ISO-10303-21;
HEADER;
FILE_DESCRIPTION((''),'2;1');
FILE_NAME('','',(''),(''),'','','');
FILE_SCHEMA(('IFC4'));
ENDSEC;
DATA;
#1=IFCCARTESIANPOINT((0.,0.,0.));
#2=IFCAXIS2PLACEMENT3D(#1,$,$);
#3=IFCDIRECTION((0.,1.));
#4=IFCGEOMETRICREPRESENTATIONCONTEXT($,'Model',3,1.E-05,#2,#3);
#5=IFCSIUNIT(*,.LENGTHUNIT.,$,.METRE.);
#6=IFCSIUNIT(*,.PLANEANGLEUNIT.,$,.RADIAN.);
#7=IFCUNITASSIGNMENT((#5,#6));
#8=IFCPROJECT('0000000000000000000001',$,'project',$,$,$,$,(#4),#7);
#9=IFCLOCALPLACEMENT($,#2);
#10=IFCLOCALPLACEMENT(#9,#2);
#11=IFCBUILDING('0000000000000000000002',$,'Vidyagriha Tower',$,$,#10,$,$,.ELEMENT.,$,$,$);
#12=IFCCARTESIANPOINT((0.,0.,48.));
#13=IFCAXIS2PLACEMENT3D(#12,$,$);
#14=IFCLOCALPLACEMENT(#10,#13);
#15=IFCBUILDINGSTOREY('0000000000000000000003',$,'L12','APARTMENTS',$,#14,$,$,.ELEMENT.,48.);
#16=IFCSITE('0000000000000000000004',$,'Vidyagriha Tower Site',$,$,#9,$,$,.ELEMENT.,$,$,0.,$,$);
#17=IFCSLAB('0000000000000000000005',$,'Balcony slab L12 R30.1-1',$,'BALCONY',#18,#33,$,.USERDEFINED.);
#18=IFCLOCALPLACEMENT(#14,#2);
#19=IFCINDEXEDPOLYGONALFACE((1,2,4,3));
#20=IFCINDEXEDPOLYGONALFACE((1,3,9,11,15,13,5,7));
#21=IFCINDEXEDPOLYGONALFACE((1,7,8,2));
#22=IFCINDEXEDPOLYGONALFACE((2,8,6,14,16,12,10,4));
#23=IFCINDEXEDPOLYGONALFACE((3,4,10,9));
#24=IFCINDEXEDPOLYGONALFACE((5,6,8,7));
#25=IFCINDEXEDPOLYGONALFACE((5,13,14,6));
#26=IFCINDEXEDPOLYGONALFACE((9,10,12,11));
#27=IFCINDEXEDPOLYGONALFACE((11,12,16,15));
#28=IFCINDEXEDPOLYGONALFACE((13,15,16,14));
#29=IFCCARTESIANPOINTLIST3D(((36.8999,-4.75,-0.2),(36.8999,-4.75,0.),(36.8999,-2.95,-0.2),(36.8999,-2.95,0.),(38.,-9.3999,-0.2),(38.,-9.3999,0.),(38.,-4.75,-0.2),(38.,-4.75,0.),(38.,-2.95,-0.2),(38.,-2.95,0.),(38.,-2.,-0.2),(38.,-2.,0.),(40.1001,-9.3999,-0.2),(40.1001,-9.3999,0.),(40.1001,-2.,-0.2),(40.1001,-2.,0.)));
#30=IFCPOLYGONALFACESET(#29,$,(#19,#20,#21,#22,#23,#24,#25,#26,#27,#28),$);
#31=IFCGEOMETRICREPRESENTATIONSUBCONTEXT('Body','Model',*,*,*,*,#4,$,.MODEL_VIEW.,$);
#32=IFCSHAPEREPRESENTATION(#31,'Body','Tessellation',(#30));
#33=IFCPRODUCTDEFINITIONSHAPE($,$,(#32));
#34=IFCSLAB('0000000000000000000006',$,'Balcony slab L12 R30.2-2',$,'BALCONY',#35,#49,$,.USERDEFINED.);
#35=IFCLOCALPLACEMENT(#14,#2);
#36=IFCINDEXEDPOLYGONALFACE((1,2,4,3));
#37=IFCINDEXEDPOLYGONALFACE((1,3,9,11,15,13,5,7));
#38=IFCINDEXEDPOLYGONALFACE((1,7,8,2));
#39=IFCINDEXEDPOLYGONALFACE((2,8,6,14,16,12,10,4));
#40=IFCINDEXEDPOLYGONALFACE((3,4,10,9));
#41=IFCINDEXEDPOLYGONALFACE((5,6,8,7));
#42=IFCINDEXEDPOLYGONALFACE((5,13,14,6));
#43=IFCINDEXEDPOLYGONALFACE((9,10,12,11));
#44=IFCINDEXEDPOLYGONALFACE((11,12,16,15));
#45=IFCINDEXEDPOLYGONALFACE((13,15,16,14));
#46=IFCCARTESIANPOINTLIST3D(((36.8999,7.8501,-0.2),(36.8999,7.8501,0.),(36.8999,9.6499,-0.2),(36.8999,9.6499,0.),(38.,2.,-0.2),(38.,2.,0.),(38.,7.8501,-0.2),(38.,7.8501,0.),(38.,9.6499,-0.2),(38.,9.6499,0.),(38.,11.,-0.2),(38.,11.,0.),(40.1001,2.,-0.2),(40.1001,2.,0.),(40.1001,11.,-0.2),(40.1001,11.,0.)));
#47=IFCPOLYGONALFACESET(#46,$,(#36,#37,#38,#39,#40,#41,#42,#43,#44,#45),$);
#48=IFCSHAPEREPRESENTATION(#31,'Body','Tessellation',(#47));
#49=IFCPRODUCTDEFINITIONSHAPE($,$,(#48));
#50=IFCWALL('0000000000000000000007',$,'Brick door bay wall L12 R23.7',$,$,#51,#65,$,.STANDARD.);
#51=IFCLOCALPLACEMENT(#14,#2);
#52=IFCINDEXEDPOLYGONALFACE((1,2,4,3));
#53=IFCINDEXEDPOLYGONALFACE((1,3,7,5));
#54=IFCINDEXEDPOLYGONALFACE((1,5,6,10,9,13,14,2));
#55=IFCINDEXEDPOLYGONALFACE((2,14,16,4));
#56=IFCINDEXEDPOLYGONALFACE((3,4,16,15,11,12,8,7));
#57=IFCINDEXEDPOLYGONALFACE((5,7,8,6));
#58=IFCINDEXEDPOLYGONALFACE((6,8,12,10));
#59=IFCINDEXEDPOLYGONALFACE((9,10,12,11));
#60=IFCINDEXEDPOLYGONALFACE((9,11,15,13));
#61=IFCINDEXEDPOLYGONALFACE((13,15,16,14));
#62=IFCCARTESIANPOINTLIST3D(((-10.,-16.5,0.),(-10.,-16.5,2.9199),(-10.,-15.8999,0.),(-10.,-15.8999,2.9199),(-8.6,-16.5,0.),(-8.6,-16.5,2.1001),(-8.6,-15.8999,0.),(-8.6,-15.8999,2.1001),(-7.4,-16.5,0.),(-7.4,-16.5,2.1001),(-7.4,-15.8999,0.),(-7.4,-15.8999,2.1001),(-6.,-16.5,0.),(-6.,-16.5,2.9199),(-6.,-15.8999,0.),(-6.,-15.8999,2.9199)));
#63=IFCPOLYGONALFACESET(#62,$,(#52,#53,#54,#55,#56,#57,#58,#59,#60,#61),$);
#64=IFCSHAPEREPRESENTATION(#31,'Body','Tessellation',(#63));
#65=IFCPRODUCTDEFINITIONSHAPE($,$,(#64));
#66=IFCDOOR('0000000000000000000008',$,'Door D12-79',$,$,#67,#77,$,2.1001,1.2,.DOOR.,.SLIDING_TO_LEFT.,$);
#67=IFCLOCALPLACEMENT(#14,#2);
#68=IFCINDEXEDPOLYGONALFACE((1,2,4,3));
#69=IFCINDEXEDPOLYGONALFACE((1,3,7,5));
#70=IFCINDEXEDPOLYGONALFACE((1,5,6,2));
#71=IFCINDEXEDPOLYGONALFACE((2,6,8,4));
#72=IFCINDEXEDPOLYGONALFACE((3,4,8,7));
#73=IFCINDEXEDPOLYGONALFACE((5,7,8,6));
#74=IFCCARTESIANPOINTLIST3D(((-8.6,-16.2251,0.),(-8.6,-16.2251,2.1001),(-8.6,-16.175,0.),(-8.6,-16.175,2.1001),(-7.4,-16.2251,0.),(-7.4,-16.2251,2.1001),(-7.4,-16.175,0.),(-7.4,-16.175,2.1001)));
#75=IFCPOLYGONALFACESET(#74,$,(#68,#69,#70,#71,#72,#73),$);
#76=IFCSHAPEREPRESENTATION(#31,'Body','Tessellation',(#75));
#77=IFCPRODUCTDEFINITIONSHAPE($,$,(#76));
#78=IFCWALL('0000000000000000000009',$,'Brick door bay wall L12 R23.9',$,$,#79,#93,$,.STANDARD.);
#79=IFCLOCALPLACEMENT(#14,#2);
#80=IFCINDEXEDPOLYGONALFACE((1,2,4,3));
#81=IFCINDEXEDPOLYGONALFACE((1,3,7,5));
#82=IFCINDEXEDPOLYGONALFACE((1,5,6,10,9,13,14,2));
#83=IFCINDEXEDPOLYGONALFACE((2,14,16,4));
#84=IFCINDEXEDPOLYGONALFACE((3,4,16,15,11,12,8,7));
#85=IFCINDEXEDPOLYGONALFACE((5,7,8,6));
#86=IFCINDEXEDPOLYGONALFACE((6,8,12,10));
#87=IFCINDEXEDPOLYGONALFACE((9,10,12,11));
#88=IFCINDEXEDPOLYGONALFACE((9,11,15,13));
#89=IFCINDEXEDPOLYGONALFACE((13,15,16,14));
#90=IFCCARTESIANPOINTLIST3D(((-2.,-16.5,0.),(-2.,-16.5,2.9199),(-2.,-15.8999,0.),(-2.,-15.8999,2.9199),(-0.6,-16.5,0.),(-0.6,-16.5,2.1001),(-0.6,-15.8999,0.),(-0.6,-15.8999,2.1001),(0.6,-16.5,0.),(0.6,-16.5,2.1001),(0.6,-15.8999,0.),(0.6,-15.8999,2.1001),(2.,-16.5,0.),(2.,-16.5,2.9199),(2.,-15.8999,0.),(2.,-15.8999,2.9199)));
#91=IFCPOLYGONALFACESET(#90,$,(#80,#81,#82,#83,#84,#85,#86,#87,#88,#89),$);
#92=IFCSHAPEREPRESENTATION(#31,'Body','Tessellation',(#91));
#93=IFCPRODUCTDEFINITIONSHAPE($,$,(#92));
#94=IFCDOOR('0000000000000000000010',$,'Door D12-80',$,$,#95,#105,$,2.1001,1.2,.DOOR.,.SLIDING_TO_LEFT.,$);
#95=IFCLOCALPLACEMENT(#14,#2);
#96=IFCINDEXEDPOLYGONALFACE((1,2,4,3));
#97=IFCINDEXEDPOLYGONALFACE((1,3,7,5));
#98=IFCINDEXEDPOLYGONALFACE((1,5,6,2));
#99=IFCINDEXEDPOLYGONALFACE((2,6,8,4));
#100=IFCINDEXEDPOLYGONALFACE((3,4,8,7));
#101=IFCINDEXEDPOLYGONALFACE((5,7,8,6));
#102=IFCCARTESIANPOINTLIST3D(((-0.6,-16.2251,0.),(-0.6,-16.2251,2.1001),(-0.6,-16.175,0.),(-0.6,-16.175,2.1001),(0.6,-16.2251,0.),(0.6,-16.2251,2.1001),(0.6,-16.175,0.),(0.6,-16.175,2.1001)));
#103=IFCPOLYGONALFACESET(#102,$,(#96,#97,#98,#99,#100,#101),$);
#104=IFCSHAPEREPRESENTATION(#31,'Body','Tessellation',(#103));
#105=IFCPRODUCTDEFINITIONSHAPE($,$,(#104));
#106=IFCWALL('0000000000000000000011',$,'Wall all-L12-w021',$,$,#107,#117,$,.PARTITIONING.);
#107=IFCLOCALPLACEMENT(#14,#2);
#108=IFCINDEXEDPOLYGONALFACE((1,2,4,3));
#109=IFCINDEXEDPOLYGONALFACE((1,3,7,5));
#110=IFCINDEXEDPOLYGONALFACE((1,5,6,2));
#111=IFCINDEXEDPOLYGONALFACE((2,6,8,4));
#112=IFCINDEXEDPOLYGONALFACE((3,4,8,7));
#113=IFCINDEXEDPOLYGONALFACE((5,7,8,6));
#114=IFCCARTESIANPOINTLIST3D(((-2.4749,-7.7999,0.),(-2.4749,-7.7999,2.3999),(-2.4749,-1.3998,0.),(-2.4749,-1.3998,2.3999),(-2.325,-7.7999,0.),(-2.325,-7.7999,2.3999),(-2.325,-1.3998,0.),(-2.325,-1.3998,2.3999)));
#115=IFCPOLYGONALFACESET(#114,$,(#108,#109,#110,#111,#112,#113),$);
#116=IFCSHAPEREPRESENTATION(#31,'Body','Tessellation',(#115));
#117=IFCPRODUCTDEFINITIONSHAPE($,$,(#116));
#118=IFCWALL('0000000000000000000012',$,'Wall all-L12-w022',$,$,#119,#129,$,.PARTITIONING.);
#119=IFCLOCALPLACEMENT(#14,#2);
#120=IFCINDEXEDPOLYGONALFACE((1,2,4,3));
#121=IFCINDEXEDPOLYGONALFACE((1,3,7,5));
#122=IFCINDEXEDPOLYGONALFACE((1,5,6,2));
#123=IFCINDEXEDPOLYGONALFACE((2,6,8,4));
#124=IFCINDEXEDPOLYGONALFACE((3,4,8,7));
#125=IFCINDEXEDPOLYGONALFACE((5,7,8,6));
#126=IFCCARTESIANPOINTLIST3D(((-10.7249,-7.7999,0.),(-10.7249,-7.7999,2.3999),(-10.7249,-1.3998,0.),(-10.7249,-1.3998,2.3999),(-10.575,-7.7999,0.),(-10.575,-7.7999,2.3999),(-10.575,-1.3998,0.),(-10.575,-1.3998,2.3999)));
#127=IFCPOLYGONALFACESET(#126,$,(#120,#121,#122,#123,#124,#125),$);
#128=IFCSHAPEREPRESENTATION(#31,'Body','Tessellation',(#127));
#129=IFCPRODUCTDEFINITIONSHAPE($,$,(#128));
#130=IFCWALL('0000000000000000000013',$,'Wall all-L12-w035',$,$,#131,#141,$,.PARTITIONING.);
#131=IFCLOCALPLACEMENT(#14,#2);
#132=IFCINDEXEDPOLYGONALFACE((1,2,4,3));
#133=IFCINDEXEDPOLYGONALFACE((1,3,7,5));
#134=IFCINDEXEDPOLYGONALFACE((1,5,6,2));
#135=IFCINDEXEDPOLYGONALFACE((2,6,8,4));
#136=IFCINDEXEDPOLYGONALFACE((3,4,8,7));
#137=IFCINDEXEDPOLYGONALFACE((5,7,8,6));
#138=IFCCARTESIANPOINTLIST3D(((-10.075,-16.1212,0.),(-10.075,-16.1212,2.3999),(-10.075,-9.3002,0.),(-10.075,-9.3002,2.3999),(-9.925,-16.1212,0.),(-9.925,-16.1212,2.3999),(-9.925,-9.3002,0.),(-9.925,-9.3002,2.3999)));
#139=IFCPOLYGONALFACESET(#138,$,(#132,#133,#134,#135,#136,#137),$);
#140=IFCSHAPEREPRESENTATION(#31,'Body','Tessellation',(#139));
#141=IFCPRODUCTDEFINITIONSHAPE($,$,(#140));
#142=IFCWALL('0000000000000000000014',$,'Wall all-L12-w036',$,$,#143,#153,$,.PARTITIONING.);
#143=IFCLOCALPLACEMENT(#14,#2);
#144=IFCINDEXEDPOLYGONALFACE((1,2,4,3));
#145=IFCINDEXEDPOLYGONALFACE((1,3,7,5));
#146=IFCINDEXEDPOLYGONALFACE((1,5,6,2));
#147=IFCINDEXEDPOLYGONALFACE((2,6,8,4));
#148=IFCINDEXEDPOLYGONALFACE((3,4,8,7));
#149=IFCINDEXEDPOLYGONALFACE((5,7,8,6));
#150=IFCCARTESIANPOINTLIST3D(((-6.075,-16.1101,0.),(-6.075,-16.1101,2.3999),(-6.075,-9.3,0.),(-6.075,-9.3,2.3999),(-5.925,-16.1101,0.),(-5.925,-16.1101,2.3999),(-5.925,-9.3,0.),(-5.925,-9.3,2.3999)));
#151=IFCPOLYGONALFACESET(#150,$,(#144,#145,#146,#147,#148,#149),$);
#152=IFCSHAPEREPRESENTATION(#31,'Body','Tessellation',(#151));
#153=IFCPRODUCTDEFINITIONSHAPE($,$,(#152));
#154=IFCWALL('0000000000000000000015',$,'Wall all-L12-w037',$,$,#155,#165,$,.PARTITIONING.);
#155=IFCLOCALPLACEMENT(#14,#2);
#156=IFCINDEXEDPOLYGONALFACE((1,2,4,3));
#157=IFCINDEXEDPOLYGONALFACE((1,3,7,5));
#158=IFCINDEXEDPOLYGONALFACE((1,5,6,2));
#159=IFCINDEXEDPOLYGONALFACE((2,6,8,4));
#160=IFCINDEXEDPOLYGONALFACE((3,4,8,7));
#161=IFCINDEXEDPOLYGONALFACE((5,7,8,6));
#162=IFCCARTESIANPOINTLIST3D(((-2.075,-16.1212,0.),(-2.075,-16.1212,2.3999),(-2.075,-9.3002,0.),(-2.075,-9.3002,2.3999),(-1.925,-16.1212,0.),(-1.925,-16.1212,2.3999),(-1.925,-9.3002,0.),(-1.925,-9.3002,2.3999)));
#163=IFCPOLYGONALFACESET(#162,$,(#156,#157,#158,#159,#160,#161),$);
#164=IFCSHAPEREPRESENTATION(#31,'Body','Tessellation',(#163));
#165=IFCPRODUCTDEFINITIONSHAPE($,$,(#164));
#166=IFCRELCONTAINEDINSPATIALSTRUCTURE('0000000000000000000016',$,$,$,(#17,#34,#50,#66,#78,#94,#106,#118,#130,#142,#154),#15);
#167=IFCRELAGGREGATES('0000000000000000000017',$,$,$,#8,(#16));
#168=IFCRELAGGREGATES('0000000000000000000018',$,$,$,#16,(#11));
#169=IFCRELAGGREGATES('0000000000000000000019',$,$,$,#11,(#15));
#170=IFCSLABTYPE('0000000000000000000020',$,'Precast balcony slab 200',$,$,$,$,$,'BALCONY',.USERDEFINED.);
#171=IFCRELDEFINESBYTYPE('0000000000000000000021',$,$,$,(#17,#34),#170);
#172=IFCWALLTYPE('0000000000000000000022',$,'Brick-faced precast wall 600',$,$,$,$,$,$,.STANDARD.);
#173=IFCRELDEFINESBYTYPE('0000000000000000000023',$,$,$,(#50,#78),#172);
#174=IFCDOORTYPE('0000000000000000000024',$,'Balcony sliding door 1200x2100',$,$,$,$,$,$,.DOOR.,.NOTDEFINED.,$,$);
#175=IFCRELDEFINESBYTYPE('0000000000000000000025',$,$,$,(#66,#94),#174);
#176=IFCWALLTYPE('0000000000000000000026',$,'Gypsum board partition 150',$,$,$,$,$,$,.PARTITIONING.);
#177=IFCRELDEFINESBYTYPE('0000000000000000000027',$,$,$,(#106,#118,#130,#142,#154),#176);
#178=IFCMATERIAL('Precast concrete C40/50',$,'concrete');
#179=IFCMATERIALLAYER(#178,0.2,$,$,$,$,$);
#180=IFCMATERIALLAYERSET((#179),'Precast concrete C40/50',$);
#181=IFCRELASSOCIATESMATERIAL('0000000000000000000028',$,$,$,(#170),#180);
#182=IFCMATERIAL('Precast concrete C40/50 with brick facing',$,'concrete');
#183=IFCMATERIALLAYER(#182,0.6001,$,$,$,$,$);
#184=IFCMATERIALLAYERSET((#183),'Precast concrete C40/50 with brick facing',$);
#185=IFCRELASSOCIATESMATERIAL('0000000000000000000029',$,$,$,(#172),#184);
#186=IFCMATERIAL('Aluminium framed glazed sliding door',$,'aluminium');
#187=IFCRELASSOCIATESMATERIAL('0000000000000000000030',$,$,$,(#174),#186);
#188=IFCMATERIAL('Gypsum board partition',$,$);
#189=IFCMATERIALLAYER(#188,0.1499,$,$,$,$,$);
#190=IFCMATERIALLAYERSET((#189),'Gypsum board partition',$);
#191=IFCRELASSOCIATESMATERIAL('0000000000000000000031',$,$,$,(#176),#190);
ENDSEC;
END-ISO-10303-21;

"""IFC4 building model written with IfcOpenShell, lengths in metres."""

from ifc_helpers import new_model, si_unit, direction, frame, frame_2d, origin, place, context, subcontext, project, spatial, polyline, rectangle, outline, extrude, material, layer, layer_set, type_object, element, fill, save


model = new_model("IFC4")

# Units and contexts
model_context = context("Model", 3, precision=1e-05, world=origin(), true_north=direction((0.0, 1.0)))
body_context = subcontext(model_context, "Body", "Model", "MODEL_VIEW")
ifc_project = project(units=[si_unit("LENGTHUNIT", "METRE"), si_unit("PLANEANGLEUNIT", "RADIAN")], contexts=[model_context])

# Site, building, storey
site_placement = place(None, origin())
site = spatial("IfcSite", under=ifc_project, at=site_placement, Name="Vidyagriha Tower Site", CompositionType="ELEMENT", RefElevation=0.0)
building_placement = place(site_placement, origin())
building = spatial("IfcBuilding", under=site, at=building_placement, Name="Vidyagriha Tower", CompositionType="ELEMENT")
storey_placement = place(building_placement, frame((0.0, 0.0, 48.0)))
storey = spatial("IfcBuildingStorey", under=building, at=storey_placement, Name="L12", Description="APARTMENTS", CompositionType="ELEMENT", Elevation=48.0)

# Slabs
ifc_material_1 = material(Name="Precast concrete C40/50", Category="concrete")
ifc_layer_1 = layer(ifc_material_1, 0.2)
ifc_layer_set_1 = layer_set([ifc_layer_1], Name="Precast concrete C40/50")
slab_type_1 = type_object("IfcSlabType", Name="Precast balcony slab 200", ElementType="BALCONY", PredefinedType="USERDEFINED", material=ifc_layer_set_1)
slab_1_placement = place(storey_placement, frame((0.0, 0.0, -0.2)))
element("IfcSlab", 1, at=slab_1_placement, inside=storey, type_object=slab_type_1, Name="Balcony slab L12 R30.1-1", ObjectType="BALCONY", PredefinedType="USERDEFINED", context=body_context, shape_type="SweptSolid", body=[
    extrude(outline(polyline([(38.0, -4.75), (38.0, -9.3999), (40.1001, -9.3999), (40.1001, -2.0), (38.0, -2.0), (38.0, -2.95), (36.8999, -2.95), (36.8999, -4.75), (38.0, -4.75)])), origin(), (0.0, 0.0, 1.0), 0.2),
])
slab_2_placement = place(storey_placement, frame((0.0, 0.0, -0.2)))
element("IfcSlab", 2, at=slab_2_placement, inside=storey, type_object=slab_type_1, Name="Balcony slab L12 R30.2-2", ObjectType="BALCONY", PredefinedType="USERDEFINED", context=body_context, shape_type="SweptSolid", body=[
    extrude(outline(polyline([(38.0, 7.8501), (38.0, 2.0), (40.1001, 2.0), (40.1001, 11.0), (38.0, 11.0), (38.0, 9.6499), (36.8999, 9.6499), (36.8999, 7.8501), (38.0, 7.8501)])), origin(), (0.0, 0.0, 1.0), 0.2),
])

# Walls, openings, doors
ifc_material_2 = material(Name="Precast concrete C40/50 with brick facing", Category="concrete")
ifc_layer_2 = layer(ifc_material_2, 0.6001)
ifc_layer_set_2 = layer_set([ifc_layer_2], Name="Precast concrete C40/50 with brick facing")
wall_type_1 = type_object("IfcWallType", Name="Brick-faced precast wall 600", PredefinedType="STANDARD", material=ifc_layer_set_2)
wall_1_placement = place(storey_placement, frame((-10.0, -16.2, 0.0)))
wall_1 = element("IfcWall", 3, at=wall_1_placement, inside=storey, type_object=wall_type_1, Name="Brick door bay wall L12 R23.7", PredefinedType="STANDARD", context=body_context, shape_type="SweptSolid", body=[
    extrude(rectangle(XDim=4.0, YDim=0.6001, at=frame_2d((2.0, 0.0))), origin(), (0.0, 0.0, 1.0), 2.9199),
])
opening_1_placement = place(wall_1_placement, frame((1.3999, 0.0, 0.0)))
opening_1 = element("IfcOpeningElement", 4, at=opening_1_placement, cuts=wall_1, PredefinedType="OPENING", context=body_context, shape_type="SweptSolid", body=[
    extrude(rectangle(XDim=1.2, YDim=2.1001, at=frame_2d((0.6001, 1.05))), frame((0.0, 0.3101, 0.0), z_axis=(0.0, -1.0, 0.0), x_axis=(1.0, 0.0, 0.0)), (0.0, 0.0, 1.0), 0.6201),
])
ifc_material_3 = material(Name="Aluminium framed glazed sliding door", Category="aluminium")
door_type = type_object("IfcDoorType", Name="Balcony sliding door 1200x2100", OperationType="NOTDEFINED", PredefinedType="DOOR", material=ifc_material_3)
door_1_placement = place(opening_1_placement, origin())
door_1 = element("IfcDoor", 5, at=door_1_placement, inside=storey, type_object=door_type, Name="Door D12-79", OperationType="SLIDING_TO_LEFT", OverallHeight=2.1001, OverallWidth=1.2, PredefinedType="DOOR", context=body_context, shape_type="SweptSolid", body=[
    extrude(rectangle(XDim=1.2, YDim=2.1001, at=frame_2d((0.6001, 1.05))), frame((0.0, 0.0249, 0.0), z_axis=(0.0, -1.0, 0.0), x_axis=(1.0, 0.0, 0.0)), (0.0, 0.0, 1.0), 0.05),
])
fill(opening_1, door_1)
wall_2_placement = place(storey_placement, frame((-2.0, -16.2, 0.0)))
wall_2 = element("IfcWall", 6, at=wall_2_placement, inside=storey, type_object=wall_type_1, Name="Brick door bay wall L12 R23.9", PredefinedType="STANDARD", context=body_context, shape_type="SweptSolid", body=[
    extrude(rectangle(XDim=4.0, YDim=0.6001, at=frame_2d((2.0, 0.0))), origin(), (0.0, 0.0, 1.0), 2.9199),
])
opening_2_placement = place(wall_2_placement, frame((1.3999, 0.0, 0.0)))
opening_2 = element("IfcOpeningElement", 7, at=opening_2_placement, cuts=wall_2, PredefinedType="OPENING", context=body_context, shape_type="SweptSolid", body=[
    extrude(rectangle(XDim=1.2, YDim=2.1001, at=frame_2d((0.6001, 1.05))), frame((0.0, 0.3101, 0.0), z_axis=(0.0, -1.0, 0.0), x_axis=(1.0, 0.0, 0.0)), (0.0, 0.0, 1.0), 0.6201),
])
door_2_placement = place(opening_2_placement, origin())
door_2 = element("IfcDoor", 8, at=door_2_placement, inside=storey, type_object=door_type, Name="Door D12-80", OperationType="SLIDING_TO_LEFT", OverallHeight=2.1001, OverallWidth=1.2, PredefinedType="DOOR", context=body_context, shape_type="SweptSolid", body=[
    extrude(rectangle(XDim=1.2, YDim=2.1001, at=frame_2d((0.6001, 1.05))), frame((0.0, 0.0249, 0.0), z_axis=(0.0, -1.0, 0.0), x_axis=(1.0, 0.0, 0.0)), (0.0, 0.0, 1.0), 0.05),
])
fill(opening_2, door_2)

# Walls
ifc_material_4 = material(Name="Gypsum board partition")
ifc_layer_3 = layer(ifc_material_4, 0.1499)
ifc_layer_set_3 = layer_set([ifc_layer_3], Name="Gypsum board partition")
wall_type_2 = type_object("IfcWallType", Name="Gypsum board partition 150", PredefinedType="PARTITIONING", material=ifc_layer_set_3)
for number, where, z_axis, x_axis, name in (
    (9, (-2.3999, -7.8, 0.0), (0.0, 0.0, 1.0), (0.0, 1.0, 0.0), "Wall all-L12-w021"),
    (10, (-10.6499, -7.8, 0.0), (0.0, 0.0, 1.0), (0.0, 1.0, 0.0), "Wall all-L12-w022"),
):
    element("IfcWall", number, at=place(storey_placement, frame(where, z_axis=z_axis, x_axis=x_axis)), inside=storey, type_object=wall_type_2, Name=name, PredefinedType="PARTITIONING", context=body_context, shape_type="SweptSolid", body=[
        extrude(rectangle(XDim=6.4001, YDim=0.1499, at=frame_2d((3.2002, 0.0))), origin(), (0.0, 0.0, 1.0), 2.3999),
    ])
wall_3_placement = place(storey_placement, frame((-10.0, -9.3, 0.0), z_axis=(0.0, 0.0, 1.0), x_axis=(0.0, -1.0, 0.0)))
element("IfcWall", 11, at=wall_3_placement, inside=storey, type_object=wall_type_2, Name="Wall all-L12-w035", PredefinedType="PARTITIONING", context=body_context, shape_type="SweptSolid", body=[
    extrude(rectangle(XDim=6.821, YDim=0.1499, at=frame_2d((3.4106, 0.0))), origin(), (0.0, 0.0, 1.0), 2.3999),
])
wall_4_placement = place(storey_placement, frame((-6.0, -9.3, 0.0), z_axis=(0.0, 0.0, 1.0), x_axis=(0.0, -1.0, 0.0)))
element("IfcWall", 12, at=wall_4_placement, inside=storey, type_object=wall_type_2, Name="Wall all-L12-w036", PredefinedType="PARTITIONING", context=body_context, shape_type="SweptSolid", body=[
    extrude(rectangle(XDim=6.8101, YDim=0.1499, at=frame_2d((3.405, 0.0))), origin(), (0.0, 0.0, 1.0), 2.3999),
])
wall_5_placement = place(storey_placement, frame((-2.0, -9.3, 0.0), z_axis=(0.0, 0.0, 1.0), x_axis=(0.0, -1.0, 0.0)))
element("IfcWall", 13, at=wall_5_placement, inside=storey, type_object=wall_type_2, Name="Wall all-L12-w037", PredefinedType="PARTITIONING", context=body_context, shape_type="SweptSolid", body=[
    extrude(rectangle(XDim=6.821, YDim=0.1499, at=frame_2d((3.4106, 0.0))), origin(), (0.0, 0.0, 1.0), 2.3999),
])

save(model, "model.ifc")
